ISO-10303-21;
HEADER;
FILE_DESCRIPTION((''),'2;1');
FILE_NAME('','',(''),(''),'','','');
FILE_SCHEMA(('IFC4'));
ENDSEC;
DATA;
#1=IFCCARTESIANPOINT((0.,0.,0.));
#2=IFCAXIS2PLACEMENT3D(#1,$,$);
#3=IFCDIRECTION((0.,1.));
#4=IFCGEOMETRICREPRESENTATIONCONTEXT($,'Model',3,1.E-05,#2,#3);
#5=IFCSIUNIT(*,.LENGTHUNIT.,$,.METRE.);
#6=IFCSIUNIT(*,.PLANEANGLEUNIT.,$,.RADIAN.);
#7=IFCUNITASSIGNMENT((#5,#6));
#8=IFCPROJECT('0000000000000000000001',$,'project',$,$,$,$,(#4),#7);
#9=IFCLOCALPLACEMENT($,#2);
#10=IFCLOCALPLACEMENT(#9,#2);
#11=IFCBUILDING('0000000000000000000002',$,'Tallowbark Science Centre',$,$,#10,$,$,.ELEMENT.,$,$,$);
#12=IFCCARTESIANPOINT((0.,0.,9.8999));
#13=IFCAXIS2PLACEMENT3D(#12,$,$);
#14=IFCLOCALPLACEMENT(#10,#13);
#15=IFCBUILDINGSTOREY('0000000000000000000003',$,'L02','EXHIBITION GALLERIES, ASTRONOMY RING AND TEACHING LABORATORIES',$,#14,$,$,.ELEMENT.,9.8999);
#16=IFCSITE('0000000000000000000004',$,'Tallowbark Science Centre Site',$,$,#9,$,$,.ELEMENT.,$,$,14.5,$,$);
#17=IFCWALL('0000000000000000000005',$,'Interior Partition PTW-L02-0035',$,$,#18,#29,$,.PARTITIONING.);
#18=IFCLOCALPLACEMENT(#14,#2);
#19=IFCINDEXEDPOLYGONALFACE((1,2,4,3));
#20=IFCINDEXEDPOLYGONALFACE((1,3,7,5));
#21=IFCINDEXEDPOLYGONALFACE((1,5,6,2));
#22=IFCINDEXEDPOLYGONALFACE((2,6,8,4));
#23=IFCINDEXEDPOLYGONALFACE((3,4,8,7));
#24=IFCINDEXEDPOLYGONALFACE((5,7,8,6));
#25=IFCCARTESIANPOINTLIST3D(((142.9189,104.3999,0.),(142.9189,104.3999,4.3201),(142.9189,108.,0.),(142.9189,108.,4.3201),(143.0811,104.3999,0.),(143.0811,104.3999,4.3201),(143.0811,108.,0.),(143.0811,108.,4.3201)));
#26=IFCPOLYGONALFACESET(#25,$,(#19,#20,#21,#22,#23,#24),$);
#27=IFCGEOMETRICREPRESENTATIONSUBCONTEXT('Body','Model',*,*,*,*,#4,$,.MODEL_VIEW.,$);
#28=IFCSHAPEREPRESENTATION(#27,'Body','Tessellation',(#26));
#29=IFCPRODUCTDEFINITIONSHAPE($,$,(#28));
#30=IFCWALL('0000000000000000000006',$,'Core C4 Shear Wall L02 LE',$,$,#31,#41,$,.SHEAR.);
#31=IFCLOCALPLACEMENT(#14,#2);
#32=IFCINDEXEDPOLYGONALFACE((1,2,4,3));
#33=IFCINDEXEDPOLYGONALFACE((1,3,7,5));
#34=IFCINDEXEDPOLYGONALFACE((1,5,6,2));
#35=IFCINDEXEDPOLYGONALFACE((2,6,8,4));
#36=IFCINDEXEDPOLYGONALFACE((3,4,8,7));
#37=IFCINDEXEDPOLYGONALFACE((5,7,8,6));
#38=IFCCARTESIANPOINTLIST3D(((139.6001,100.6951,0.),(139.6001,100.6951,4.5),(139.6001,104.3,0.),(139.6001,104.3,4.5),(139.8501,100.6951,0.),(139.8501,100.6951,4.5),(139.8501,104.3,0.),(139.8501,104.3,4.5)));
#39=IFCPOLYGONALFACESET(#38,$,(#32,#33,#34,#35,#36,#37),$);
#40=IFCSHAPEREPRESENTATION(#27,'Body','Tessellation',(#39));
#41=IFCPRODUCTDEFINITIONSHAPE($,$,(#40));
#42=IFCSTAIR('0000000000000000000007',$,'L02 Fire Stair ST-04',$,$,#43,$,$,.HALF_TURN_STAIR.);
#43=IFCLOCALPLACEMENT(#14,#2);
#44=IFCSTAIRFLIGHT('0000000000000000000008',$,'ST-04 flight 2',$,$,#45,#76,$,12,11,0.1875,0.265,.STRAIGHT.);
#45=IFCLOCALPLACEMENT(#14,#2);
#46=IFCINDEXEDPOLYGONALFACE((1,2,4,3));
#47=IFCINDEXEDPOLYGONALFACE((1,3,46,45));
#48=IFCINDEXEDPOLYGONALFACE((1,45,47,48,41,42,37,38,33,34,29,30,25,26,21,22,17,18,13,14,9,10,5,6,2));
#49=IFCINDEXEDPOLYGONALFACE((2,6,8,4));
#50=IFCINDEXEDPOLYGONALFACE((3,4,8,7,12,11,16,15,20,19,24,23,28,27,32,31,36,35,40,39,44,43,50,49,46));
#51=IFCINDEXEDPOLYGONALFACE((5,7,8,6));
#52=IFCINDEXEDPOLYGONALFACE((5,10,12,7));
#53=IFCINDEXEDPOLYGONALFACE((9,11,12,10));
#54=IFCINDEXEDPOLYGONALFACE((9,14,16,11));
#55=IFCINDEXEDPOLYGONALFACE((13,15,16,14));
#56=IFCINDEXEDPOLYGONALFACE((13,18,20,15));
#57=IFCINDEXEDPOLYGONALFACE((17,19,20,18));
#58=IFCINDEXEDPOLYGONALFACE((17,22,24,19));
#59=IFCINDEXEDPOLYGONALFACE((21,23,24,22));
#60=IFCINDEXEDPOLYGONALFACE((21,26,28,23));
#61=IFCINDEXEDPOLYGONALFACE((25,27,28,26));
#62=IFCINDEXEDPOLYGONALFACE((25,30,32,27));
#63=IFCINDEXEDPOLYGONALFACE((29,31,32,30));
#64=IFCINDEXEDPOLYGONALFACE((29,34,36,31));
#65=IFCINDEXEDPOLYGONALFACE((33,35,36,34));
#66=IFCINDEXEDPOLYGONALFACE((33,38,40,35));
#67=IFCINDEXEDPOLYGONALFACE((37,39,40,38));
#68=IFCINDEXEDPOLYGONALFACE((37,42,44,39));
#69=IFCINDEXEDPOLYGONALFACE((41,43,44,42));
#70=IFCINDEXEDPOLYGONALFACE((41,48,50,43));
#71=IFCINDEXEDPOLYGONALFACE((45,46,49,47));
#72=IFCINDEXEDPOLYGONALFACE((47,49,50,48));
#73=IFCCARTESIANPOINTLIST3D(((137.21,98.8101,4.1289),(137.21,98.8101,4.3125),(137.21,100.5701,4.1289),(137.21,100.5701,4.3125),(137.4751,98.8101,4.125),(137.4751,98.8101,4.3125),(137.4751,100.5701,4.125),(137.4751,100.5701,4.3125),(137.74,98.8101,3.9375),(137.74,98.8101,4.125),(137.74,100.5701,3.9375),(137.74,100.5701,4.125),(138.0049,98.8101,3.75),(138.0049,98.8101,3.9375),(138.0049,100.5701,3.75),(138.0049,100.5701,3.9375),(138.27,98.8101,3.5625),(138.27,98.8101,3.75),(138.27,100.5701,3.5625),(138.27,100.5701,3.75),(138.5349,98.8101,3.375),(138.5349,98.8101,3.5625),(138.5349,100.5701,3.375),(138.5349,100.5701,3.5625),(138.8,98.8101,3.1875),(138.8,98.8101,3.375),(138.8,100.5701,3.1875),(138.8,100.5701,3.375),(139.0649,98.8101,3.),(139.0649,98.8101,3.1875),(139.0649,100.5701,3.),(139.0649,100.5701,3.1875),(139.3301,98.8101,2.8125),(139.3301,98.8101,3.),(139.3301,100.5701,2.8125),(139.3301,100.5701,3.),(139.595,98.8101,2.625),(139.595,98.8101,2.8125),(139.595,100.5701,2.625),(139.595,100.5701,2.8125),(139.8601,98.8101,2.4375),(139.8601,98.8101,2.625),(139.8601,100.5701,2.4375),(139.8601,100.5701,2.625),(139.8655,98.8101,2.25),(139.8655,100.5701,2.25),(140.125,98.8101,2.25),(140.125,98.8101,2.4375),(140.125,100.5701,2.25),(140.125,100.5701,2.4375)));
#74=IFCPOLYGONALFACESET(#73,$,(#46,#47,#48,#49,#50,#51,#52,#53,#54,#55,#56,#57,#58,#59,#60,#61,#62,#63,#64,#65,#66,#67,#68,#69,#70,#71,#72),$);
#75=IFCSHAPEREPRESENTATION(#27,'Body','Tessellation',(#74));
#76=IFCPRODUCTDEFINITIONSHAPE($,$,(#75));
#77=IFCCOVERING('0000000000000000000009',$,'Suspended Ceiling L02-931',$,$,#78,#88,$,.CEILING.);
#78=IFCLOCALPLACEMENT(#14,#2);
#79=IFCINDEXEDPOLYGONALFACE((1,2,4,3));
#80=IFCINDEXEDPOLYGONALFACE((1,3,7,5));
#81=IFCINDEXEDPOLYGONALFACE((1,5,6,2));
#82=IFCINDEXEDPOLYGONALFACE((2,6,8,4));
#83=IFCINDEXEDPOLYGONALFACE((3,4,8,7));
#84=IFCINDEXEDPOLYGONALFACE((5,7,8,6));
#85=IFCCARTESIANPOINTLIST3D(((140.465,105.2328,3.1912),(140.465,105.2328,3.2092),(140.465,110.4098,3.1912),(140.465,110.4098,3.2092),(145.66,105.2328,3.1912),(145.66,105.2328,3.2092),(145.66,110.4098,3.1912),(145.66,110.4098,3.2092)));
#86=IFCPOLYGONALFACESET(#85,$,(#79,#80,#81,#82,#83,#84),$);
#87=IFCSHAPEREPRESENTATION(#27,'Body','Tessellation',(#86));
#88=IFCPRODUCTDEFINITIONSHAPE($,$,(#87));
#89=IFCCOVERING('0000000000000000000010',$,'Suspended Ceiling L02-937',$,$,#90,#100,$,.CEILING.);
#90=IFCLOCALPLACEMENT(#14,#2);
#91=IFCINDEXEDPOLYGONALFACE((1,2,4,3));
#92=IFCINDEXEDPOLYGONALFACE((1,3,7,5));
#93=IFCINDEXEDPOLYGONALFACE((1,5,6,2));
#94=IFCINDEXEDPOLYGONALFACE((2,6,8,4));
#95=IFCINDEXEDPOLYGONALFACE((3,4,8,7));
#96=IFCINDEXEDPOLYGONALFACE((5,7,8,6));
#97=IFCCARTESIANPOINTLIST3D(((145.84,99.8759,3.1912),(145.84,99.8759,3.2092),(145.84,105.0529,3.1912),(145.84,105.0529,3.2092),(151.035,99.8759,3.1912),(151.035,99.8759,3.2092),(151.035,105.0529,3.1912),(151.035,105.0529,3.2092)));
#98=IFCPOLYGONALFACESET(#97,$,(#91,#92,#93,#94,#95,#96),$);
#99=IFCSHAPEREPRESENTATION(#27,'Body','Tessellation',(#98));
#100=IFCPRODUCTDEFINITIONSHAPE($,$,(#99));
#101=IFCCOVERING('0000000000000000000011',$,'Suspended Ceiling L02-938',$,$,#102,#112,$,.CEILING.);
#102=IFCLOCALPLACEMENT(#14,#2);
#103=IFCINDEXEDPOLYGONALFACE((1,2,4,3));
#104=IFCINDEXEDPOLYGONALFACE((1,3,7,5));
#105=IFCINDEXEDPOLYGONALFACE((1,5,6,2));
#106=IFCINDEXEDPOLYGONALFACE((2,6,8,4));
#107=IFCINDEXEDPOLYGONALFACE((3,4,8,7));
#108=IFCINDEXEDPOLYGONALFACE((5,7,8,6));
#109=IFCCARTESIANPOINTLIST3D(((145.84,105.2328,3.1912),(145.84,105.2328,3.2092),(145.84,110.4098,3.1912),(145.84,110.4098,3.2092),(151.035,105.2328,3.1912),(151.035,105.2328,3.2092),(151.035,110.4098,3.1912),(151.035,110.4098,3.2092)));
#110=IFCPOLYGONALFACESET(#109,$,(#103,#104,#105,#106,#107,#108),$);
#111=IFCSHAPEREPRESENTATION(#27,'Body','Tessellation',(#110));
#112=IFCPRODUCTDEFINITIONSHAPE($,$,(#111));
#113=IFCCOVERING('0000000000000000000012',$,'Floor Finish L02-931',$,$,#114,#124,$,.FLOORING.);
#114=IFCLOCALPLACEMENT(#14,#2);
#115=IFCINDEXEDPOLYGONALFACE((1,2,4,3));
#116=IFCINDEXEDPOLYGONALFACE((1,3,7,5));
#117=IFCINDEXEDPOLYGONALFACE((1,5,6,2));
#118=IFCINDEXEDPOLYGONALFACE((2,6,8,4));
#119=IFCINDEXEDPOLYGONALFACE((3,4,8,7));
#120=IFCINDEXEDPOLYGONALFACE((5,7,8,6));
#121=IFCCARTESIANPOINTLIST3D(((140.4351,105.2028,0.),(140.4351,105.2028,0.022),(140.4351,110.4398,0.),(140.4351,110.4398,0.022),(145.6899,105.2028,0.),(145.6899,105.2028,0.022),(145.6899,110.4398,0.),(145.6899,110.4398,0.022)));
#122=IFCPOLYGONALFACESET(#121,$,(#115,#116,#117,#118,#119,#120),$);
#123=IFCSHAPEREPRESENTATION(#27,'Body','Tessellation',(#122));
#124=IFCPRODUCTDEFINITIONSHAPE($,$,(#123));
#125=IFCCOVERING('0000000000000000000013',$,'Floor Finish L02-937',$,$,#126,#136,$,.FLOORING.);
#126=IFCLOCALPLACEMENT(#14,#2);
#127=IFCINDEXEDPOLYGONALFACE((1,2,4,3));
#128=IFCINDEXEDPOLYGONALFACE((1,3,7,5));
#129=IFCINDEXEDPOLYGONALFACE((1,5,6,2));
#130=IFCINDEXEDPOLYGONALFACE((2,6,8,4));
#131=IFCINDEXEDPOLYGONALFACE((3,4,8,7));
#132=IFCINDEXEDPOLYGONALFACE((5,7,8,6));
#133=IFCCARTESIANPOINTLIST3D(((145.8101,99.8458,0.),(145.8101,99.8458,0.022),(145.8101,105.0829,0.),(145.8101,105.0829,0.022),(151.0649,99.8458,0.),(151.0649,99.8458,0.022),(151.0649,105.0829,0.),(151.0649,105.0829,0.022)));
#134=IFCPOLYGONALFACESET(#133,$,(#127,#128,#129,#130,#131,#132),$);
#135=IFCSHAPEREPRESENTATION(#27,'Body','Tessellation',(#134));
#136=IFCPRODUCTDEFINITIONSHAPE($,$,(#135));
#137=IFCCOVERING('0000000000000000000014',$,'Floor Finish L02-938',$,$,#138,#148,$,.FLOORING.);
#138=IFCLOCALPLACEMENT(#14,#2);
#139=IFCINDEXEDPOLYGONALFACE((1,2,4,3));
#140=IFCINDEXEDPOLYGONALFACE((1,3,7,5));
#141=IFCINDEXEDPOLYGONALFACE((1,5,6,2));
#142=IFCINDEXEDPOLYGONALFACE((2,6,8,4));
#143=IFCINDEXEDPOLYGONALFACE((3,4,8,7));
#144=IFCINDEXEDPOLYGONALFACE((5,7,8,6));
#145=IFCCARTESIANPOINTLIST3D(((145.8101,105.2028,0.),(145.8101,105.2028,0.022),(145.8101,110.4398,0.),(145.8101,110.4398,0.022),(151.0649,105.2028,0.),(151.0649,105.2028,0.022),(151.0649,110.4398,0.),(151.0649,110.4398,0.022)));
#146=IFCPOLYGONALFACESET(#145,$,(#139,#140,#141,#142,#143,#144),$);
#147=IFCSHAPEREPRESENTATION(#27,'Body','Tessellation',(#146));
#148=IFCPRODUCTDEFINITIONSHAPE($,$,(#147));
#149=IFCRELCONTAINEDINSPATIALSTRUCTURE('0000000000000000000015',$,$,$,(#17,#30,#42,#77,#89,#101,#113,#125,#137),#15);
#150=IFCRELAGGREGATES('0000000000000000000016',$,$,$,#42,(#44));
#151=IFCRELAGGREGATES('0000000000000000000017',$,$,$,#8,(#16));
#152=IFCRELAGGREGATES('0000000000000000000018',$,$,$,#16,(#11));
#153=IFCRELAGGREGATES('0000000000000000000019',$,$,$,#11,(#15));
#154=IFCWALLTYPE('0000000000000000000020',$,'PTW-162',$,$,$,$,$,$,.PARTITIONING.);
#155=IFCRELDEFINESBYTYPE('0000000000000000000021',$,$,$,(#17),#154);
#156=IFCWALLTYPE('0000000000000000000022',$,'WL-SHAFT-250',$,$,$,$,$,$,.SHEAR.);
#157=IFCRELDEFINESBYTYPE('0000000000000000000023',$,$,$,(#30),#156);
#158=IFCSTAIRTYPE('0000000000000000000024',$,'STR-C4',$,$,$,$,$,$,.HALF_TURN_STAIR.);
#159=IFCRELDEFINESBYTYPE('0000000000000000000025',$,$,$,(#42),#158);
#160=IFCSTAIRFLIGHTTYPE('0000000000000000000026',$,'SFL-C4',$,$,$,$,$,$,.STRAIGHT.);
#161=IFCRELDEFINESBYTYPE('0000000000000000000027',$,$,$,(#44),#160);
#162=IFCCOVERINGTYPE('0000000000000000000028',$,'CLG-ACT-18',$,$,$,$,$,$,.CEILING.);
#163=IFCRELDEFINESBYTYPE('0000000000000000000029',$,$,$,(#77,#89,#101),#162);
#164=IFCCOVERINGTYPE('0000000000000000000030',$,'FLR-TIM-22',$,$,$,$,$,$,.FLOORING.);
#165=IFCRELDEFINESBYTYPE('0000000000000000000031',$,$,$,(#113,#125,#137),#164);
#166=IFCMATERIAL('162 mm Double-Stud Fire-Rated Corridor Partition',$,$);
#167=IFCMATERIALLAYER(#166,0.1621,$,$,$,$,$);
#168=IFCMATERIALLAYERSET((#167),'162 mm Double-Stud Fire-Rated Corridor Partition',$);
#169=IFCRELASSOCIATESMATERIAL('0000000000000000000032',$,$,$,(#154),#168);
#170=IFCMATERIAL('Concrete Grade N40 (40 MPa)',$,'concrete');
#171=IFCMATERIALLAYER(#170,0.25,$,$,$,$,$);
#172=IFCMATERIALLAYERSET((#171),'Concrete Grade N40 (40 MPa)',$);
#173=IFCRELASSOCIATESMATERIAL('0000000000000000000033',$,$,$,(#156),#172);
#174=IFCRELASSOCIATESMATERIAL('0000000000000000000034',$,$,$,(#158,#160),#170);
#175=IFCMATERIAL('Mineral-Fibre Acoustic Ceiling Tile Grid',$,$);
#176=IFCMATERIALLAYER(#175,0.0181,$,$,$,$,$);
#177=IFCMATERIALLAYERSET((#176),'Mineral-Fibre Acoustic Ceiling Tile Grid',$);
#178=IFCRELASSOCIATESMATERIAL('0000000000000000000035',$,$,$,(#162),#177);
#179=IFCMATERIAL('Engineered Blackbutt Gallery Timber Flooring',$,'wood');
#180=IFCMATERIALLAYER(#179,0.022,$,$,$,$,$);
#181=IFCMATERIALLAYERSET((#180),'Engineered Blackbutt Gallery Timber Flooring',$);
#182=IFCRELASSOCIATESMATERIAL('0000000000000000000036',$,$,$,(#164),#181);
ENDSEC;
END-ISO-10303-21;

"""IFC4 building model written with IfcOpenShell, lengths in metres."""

from ifc_helpers import new_model, si_unit, direction, frame, frame_2d, origin, origin_2d, place, context, subcontext, project, spatial, polyline, rectangle, outline, extrude, material, layer, layer_set, type_object, element, aggregate, save


model = new_model("IFC4")

# Units and contexts
model_context = context("Model", 3, precision=1e-05, world=origin(), true_north=direction((0.0, 1.0)))
body_context = subcontext(model_context, "Body", "Model", "MODEL_VIEW")
ifc_project = project(units=[si_unit("LENGTHUNIT", "METRE"), si_unit("PLANEANGLEUNIT", "RADIAN")], contexts=[model_context])

# Site, building, storey
site_placement = place(None, origin())
site = spatial("IfcSite", under=ifc_project, at=site_placement, Name="Tallowbark Science Centre Site", CompositionType="ELEMENT", RefElevation=14.5)
building_placement = place(site_placement, origin())
building = spatial("IfcBuilding", under=site, at=building_placement, Name="Tallowbark Science Centre", CompositionType="ELEMENT")
storey_placement = place(building_placement, frame((0.0, 0.0, 9.8999)))
storey = spatial("IfcBuildingStorey", under=building, at=storey_placement, Name="L02", Description="EXHIBITION GALLERIES, ASTRONOMY RING AND TEACHING LABORATORIES", CompositionType="ELEMENT", Elevation=9.8999)

# Walls
ifc_material_1 = material(Name="162 mm Double-Stud Fire-Rated Corridor Partition")
ifc_layer_1 = layer(ifc_material_1, 0.1621)
ifc_layer_set_1 = layer_set([ifc_layer_1], Name="162 mm Double-Stud Fire-Rated Corridor Partition")
wall_type_1 = type_object("IfcWallType", Name="PTW-162", PredefinedType="PARTITIONING", material=ifc_layer_set_1)
wall_1_placement = place(storey_placement, frame((143.0, 104.3999, 0.0), z_axis=(0.0, 0.0, 1.0), x_axis=(0.0, 1.0, 0.0)))
element("IfcWall", 1, at=wall_1_placement, inside=storey, type_object=wall_type_1, Name="Interior Partition PTW-L02-0035", PredefinedType="PARTITIONING", context=body_context, shape_type="SweptSolid", body=[
    extrude(rectangle(XDim=3.6001, YDim=0.1621, at=frame_2d((1.8, 0.0))), origin(), (0.0, 0.0, 1.0), 4.3201),
])
ifc_material_2 = material(Name="Concrete Grade N40 (40 MPa)", Category="concrete")
ifc_layer_2 = layer(ifc_material_2, 0.25)
ifc_layer_set_2 = layer_set([ifc_layer_2], Name="Concrete Grade N40 (40 MPa)")
wall_type_2 = type_object("IfcWallType", Name="WL-SHAFT-250", PredefinedType="SHEAR", material=ifc_layer_set_2)
wall_2_placement = place(storey_placement, frame((139.7251, 100.6951, 0.0), z_axis=(0.0, 0.0, 1.0), x_axis=(0.0, 1.0, 0.0)))
element("IfcWall", 2, at=wall_2_placement, inside=storey, type_object=wall_type_2, Name="Core C4 Shear Wall L02 LE", PredefinedType="SHEAR", context=body_context, shape_type="SweptSolid", body=[
    extrude(rectangle(XDim=3.605, YDim=0.25, at=frame_2d((1.8025, 0.0))), origin(), (0.0, 0.0, 1.0), 4.5),
])

# Stair, stair flight
stair_type = type_object("IfcStairType", Name="STR-C4", PredefinedType="HALF_TURN_STAIR", material=ifc_material_2)
stair_placement = place(storey_placement, origin())
stair = element("IfcStair", 3, at=stair_placement, inside=storey, type_object=stair_type, Name="L02 Fire Stair ST-04", PredefinedType="HALF_TURN_STAIR")
stair_flight_type = type_object("IfcStairFlightType", Name="SFL-C4", PredefinedType="STRAIGHT", material=ifc_material_2)
stair_flight_placement = place(storey_placement, frame((140.125, 99.6899, 2.25), z_axis=(0.0, 0.0, 1.0), x_axis=(-1.0, 0.0, 0.0)))
stair_flight = element("IfcStairFlight", 4, at=stair_flight_placement, type_object=stair_flight_type, Name="ST-04 flight 2", NumberOfRisers=12, NumberOfTreads=11, PredefinedType="STRAIGHT", RiserHeight=0.1875, TreadLength=0.265, context=body_context, shape_type="SweptSolid", body=[
    extrude(outline(polyline([(0.0, 0.0), (0.0, 0.1875), (0.2649, 0.1875), (0.2649, 0.375), (0.53, 0.375), (0.53, 0.5625), (0.7949, 0.5625), (0.7949, 0.75), (1.0601, 0.75), (1.0601, 0.9375), (1.325, 0.9375), (1.325, 1.125), (1.5901, 1.125), (1.5901, 1.3125), (1.855, 1.3125), (1.855, 1.5), (2.1201, 1.5), (2.1201, 1.6875), (2.385, 1.6875), (2.385, 1.875), (2.6499, 1.875), (2.6499, 2.0625), (2.915, 2.0625), (2.915, 2.25), (2.915, 1.8789), (0.2595, 0.0), (0.0, 0.0)])), frame((0.0, 0.8799, 0.0), z_axis=(0.0, -1.0, 0.0), x_axis=(1.0, 0.0, 0.0)), (0.0, 0.0, 1.0), 1.76),
])
aggregate(stair, [stair_flight])

# Coverings
ifc_material_3 = material(Name="Mineral-Fibre Acoustic Ceiling Tile Grid")
ifc_layer_3 = layer(ifc_material_3, 0.0181)
ifc_layer_set_3 = layer_set([ifc_layer_3], Name="Mineral-Fibre Acoustic Ceiling Tile Grid")
covering_type_1 = type_object("IfcCoveringType", Name="CLG-ACT-18", PredefinedType="CEILING", material=ifc_layer_set_3)
for number, where, z_axis, x_axis, name in (
    (5, (143.0625, 107.8213, 3.1912), (0.0, 0.0, 1.0), (1.0, 0.0, 0.0), "Suspended Ceiling L02-931"),
    (6, (148.4375, 102.4644, 3.1912), (0.0, 0.0, 1.0), (1.0, 0.0, 0.0), "Suspended Ceiling L02-937"),
    (7, (148.4375, 107.8213, 3.1912), (0.0, 0.0, 1.0), (1.0, 0.0, 0.0), "Suspended Ceiling L02-938"),
):
    element("IfcCovering", number, at=place(storey_placement, frame(where, z_axis=z_axis, x_axis=x_axis)), inside=storey, type_object=covering_type_1, Name=name, PredefinedType="CEILING", context=body_context, shape_type="SweptSolid", body=[
        extrude(rectangle(XDim=5.1951, YDim=5.177, at=origin_2d()), origin(), (0.0, 0.0, 1.0), 0.0181),
    ])
ifc_material_4 = material(Name="Engineered Blackbutt Gallery Timber Flooring", Category="wood")
ifc_layer_4 = layer(ifc_material_4, 0.022)
ifc_layer_set_4 = layer_set([ifc_layer_4], Name="Engineered Blackbutt Gallery Timber Flooring")
covering_type_2 = type_object("IfcCoveringType", Name="FLR-TIM-22", PredefinedType="FLOORING", material=ifc_layer_set_4)
for number, where, z_axis, x_axis, name in (
    (8, (143.0625, 107.8213, 0.0), (0.0, 0.0, 1.0), (1.0, 0.0, 0.0), "Floor Finish L02-931"),
    (9, (148.4375, 102.4644, 0.0), (0.0, 0.0, 1.0), (1.0, 0.0, 0.0), "Floor Finish L02-937"),
    (10, (148.4375, 107.8213, 0.0), (0.0, 0.0, 1.0), (1.0, 0.0, 0.0), "Floor Finish L02-938"),
):
    element("IfcCovering", number, at=place(storey_placement, frame(where, z_axis=z_axis, x_axis=x_axis)), inside=storey, type_object=covering_type_2, Name=name, PredefinedType="FLOORING", context=body_context, shape_type="SweptSolid", body=[
        extrude(rectangle(XDim=5.2549, YDim=5.2371, at=origin_2d()), origin(), (0.0, 0.0, 1.0), 0.022),
    ])

save(model, "model.ifc")
